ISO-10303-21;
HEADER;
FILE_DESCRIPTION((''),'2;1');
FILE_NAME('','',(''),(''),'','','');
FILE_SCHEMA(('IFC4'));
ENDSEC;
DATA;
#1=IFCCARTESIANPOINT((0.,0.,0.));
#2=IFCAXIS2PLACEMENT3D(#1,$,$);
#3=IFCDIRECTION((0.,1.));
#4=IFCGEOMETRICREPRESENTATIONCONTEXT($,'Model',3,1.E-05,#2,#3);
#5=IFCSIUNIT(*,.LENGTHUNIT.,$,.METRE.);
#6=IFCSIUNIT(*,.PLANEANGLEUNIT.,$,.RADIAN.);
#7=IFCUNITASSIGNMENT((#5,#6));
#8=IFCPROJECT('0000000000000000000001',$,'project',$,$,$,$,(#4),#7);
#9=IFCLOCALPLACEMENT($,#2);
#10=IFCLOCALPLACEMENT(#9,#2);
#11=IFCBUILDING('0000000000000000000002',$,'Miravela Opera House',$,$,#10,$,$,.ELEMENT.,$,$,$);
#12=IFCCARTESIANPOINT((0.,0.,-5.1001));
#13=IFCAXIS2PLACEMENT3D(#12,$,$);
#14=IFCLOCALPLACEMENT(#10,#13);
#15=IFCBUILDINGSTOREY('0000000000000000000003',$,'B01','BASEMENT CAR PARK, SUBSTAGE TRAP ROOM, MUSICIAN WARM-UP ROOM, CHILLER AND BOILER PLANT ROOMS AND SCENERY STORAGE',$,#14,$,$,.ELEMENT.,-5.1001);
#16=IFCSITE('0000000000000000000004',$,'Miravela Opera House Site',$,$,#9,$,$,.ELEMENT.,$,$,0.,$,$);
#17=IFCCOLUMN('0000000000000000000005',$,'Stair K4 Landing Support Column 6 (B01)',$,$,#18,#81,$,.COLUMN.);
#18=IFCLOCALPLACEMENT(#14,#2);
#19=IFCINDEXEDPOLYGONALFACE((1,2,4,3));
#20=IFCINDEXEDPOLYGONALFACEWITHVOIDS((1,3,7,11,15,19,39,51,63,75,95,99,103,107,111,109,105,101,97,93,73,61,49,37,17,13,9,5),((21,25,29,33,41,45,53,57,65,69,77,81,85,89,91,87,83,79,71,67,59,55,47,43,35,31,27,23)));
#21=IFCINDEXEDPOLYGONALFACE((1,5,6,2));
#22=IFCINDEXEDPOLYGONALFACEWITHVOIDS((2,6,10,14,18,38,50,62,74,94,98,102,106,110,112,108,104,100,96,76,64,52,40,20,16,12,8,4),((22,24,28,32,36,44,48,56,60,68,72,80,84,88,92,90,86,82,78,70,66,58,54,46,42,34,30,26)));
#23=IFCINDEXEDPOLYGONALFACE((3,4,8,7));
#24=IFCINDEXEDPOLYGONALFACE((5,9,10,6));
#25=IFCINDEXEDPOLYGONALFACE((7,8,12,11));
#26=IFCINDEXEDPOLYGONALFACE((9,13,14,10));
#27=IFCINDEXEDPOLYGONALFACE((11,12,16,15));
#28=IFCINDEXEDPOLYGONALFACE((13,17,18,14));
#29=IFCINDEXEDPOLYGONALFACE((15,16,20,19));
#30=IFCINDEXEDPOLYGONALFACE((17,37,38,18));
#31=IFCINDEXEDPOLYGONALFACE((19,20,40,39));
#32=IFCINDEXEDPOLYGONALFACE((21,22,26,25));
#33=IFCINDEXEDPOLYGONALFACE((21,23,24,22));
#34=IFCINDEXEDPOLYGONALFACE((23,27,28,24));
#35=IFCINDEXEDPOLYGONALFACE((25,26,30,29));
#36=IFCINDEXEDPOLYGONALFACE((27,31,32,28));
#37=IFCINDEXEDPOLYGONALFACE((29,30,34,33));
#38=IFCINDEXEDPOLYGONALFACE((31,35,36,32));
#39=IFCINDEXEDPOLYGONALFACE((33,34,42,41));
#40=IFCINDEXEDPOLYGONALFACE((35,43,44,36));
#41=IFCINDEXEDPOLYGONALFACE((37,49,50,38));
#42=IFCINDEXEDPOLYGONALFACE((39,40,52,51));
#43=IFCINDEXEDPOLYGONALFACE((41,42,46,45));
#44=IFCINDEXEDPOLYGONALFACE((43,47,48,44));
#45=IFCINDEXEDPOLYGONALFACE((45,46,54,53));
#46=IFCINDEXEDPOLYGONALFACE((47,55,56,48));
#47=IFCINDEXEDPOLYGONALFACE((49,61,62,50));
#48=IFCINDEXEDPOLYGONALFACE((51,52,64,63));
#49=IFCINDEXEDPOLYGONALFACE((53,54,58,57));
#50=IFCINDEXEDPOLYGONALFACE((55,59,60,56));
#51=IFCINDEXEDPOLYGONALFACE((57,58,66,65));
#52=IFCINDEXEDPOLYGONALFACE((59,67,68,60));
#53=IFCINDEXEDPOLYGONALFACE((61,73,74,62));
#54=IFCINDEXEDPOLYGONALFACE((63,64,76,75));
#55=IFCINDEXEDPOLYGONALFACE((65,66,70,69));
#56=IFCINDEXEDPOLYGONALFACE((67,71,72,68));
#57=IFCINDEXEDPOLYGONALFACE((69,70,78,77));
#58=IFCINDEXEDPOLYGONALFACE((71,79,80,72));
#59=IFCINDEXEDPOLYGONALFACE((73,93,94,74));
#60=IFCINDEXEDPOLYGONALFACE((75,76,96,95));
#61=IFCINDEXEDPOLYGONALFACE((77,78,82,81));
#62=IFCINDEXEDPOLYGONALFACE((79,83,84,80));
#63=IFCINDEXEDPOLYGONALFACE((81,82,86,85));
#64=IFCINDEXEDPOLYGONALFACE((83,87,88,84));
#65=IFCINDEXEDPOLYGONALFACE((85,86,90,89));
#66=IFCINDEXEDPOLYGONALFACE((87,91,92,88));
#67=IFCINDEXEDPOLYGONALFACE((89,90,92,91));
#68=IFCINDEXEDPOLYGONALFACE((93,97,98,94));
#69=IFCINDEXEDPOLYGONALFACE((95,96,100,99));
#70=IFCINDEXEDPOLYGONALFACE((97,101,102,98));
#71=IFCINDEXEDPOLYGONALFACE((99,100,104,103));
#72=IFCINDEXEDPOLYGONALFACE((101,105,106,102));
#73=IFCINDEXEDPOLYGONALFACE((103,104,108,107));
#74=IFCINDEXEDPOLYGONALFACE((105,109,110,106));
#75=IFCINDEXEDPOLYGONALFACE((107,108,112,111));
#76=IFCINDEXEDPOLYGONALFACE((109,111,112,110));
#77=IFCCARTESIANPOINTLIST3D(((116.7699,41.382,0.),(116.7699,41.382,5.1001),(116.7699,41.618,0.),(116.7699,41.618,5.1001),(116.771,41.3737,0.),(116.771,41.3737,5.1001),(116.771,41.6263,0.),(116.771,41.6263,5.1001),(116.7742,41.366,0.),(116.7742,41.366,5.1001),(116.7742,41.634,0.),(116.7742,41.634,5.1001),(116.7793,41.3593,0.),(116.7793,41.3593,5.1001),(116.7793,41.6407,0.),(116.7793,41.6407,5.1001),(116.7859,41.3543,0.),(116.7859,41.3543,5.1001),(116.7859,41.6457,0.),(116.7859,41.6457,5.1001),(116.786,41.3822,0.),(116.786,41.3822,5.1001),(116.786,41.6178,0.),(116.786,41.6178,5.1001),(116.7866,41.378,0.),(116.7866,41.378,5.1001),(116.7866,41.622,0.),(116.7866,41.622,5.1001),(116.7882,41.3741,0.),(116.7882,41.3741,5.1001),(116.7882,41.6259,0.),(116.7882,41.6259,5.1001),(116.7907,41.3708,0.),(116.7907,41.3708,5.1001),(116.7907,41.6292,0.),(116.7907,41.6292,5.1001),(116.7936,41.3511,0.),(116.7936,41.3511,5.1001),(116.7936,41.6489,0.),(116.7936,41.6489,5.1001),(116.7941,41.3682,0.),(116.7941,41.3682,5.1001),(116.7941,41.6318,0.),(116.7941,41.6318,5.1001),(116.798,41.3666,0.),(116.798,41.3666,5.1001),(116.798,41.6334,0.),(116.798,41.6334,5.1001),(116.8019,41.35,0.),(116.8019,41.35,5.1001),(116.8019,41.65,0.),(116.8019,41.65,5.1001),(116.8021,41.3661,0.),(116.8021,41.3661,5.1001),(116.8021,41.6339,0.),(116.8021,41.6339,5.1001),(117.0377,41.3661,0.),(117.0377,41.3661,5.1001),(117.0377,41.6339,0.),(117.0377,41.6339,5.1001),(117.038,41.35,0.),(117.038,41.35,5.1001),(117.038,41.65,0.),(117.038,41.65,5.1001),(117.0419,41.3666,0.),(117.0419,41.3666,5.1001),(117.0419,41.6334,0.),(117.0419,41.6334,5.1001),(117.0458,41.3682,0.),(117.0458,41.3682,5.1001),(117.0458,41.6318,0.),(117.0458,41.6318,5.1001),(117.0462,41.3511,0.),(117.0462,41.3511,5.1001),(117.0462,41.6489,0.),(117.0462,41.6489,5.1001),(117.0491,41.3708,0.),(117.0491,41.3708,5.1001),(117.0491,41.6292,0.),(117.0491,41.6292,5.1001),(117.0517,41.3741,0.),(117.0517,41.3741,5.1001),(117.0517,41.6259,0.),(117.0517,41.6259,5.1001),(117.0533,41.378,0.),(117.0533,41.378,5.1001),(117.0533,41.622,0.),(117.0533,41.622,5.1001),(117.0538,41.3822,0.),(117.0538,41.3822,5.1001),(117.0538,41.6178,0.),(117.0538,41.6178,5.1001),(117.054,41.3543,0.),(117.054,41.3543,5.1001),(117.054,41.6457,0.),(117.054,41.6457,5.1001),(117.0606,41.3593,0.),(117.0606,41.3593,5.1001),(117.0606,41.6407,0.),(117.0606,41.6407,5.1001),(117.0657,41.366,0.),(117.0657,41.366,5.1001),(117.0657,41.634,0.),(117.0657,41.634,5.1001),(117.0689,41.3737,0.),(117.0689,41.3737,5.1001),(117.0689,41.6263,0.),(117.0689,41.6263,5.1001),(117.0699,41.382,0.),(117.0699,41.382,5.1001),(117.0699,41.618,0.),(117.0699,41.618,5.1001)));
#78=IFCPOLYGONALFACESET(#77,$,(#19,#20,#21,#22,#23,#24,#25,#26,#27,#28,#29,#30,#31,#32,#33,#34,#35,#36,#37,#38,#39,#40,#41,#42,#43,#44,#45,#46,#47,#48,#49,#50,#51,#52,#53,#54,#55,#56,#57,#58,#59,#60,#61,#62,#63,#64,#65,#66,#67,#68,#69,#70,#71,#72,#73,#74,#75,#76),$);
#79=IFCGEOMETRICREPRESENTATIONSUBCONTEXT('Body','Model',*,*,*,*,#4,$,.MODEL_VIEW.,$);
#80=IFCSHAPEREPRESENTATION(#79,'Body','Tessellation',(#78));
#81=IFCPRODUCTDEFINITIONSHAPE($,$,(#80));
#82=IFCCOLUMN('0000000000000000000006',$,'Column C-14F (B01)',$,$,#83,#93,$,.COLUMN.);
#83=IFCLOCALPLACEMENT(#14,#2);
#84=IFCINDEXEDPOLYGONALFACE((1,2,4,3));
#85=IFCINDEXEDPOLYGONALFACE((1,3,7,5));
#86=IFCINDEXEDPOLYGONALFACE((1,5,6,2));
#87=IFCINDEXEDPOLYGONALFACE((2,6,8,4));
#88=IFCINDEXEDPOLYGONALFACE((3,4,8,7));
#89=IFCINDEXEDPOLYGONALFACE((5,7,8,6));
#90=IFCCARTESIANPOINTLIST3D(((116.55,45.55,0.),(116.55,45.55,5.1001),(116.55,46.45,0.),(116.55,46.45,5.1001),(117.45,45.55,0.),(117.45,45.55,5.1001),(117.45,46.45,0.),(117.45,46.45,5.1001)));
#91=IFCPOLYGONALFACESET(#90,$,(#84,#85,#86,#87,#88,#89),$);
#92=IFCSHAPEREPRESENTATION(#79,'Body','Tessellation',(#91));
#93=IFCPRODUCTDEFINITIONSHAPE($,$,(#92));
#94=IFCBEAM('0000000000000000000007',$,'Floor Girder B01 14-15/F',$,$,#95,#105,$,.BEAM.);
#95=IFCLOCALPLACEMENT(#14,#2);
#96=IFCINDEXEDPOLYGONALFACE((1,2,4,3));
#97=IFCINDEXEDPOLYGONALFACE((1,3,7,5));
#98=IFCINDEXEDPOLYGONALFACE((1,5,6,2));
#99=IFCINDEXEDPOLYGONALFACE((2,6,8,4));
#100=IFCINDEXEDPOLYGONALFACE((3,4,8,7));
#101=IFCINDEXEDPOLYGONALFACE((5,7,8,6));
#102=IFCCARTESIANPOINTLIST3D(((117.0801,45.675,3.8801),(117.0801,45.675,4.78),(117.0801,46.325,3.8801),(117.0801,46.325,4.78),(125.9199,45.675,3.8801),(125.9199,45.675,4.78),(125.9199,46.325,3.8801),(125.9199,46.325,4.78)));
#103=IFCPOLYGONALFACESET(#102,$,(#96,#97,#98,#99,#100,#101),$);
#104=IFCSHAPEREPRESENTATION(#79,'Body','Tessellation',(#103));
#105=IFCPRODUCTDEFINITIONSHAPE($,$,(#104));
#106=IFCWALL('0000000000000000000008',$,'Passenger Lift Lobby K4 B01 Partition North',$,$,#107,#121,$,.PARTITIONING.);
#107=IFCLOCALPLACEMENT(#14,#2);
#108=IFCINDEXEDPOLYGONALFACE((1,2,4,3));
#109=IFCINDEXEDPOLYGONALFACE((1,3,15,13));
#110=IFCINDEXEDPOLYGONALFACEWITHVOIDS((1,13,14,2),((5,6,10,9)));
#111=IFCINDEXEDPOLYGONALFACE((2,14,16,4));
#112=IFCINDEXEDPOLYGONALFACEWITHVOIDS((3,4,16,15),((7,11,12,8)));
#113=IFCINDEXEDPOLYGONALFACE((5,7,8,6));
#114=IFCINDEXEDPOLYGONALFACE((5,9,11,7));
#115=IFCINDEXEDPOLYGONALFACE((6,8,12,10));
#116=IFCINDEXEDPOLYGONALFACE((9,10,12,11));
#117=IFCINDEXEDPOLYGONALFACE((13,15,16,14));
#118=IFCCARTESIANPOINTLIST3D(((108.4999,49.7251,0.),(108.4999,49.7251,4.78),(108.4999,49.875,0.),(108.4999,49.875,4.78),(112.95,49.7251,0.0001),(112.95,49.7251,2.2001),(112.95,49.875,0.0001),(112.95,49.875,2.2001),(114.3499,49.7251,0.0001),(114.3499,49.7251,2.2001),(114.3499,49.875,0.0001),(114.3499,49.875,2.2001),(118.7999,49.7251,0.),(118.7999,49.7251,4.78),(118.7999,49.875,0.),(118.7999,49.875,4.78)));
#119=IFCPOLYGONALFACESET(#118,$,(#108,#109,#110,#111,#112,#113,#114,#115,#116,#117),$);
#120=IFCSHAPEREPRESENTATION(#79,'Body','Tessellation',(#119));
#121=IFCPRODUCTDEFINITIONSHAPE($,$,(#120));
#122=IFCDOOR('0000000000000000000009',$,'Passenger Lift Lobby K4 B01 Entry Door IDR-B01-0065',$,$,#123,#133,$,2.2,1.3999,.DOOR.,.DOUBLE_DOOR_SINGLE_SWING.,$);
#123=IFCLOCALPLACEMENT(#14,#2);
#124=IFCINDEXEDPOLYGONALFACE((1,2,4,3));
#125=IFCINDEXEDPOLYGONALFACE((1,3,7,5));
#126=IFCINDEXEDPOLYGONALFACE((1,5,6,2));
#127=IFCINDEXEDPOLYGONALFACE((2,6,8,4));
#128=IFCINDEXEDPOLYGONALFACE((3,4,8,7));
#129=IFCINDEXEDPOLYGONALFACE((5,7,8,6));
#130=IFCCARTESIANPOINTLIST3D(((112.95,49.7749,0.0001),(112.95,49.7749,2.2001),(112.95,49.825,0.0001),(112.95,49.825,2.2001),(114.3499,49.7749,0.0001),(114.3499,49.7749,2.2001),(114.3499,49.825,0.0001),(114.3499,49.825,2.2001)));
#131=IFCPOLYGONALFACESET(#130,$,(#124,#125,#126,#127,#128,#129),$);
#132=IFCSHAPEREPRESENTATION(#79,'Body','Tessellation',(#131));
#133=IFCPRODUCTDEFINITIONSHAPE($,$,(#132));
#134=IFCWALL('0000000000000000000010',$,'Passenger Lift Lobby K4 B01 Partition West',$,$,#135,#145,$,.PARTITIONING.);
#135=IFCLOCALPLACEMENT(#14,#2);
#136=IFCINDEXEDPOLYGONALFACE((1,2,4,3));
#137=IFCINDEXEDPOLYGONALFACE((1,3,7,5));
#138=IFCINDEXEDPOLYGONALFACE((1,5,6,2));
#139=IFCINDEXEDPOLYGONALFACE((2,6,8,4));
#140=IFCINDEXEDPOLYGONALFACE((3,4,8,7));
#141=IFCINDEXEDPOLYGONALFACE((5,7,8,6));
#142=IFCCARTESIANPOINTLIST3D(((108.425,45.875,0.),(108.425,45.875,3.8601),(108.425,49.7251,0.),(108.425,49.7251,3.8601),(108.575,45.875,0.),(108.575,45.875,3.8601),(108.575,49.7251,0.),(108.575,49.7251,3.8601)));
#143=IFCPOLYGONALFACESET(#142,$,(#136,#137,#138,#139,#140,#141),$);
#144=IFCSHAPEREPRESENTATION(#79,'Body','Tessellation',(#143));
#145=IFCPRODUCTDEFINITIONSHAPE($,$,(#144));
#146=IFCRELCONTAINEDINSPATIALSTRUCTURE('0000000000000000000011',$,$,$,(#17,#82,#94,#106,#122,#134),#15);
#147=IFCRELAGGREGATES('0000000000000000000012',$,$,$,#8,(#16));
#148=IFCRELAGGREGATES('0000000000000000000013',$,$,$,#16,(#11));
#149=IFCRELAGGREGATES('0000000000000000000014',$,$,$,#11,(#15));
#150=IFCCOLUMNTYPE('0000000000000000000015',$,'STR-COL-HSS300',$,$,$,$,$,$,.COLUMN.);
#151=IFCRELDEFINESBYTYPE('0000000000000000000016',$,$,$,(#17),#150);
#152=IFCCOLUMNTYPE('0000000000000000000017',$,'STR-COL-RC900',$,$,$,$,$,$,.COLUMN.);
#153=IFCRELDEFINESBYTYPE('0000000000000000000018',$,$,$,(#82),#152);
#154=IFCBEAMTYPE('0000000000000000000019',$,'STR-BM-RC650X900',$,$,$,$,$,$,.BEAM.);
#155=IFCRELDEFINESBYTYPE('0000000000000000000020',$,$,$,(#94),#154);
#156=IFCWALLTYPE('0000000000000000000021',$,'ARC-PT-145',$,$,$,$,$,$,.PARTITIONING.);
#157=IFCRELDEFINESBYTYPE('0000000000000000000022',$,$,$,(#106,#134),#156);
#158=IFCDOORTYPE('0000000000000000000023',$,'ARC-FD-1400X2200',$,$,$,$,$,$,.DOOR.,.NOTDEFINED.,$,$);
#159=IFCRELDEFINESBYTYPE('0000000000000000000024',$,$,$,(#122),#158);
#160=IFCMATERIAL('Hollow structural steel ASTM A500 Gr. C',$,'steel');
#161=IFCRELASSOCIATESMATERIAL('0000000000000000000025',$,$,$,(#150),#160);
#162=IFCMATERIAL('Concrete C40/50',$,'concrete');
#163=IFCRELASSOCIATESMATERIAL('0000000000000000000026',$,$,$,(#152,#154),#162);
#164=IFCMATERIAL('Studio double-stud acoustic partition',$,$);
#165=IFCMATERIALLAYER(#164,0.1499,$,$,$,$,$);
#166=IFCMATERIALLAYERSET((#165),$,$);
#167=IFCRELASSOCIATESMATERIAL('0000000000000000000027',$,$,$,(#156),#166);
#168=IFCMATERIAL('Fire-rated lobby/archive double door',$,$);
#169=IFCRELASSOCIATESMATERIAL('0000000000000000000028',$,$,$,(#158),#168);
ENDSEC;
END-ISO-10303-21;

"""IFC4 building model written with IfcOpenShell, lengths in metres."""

from ifc_helpers import new_model, si_unit, direction, frame, frame_2d, origin, origin_2d, place, context, subcontext, project, spatial, rectangle, hollow_rectangle, extrude, material, layer, layer_set, material_profile, profile_set, type_object, element, fill, save


model = new_model("IFC4")

# Units and contexts
model_context = context("Model", 3, precision=1e-05, world=origin(), true_north=direction((0.0, 1.0)))
body_context = subcontext(model_context, "Body", "Model", "MODEL_VIEW")
ifc_project = project(units=[si_unit("LENGTHUNIT", "METRE"), si_unit("PLANEANGLEUNIT", "RADIAN")], contexts=[model_context])

# Site, building, storey
site_placement = place(None, origin())
site = spatial("IfcSite", under=ifc_project, at=site_placement, Name="Miravela Opera House Site", CompositionType="ELEMENT", RefElevation=0.0)
building_placement = place(site_placement, origin())
building = spatial("IfcBuilding", under=site, at=building_placement, Name="Miravela Opera House", CompositionType="ELEMENT")
storey_placement = place(building_placement, frame((0.0, 0.0, -5.1001)))
storey = spatial("IfcBuildingStorey", under=building, at=storey_placement, Name="B01", Description="BASEMENT CAR PARK, SUBSTAGE TRAP ROOM, MUSICIAN WARM-UP ROOM, CHILLER AND BOILER PLANT ROOMS AND SCENERY STORAGE", CompositionType="ELEMENT", Elevation=-5.1001)

# Columns
ifc_material_1 = material(Name="Hollow structural steel ASTM A500 Gr. C", Category="steel")
ifc_material_profile_1 = material_profile(ifc_material_1, hollow_rectangle(XDim=0.3, YDim=0.3, WallThickness=0.0161, InnerFilletRadius=0.0161, OuterFilletRadius=0.032, at=origin_2d()), Name="HSS300X300X16")
ifc_profile_set_1 = profile_set([ifc_material_profile_1])
column_type_1 = type_object("IfcColumnType", Name="STR-COL-HSS300", PredefinedType="COLUMN", material=ifc_profile_set_1)
for number, where, z_axis, x_axis, name in (
    (1, (116.9199, 41.5, 0.0), (0.0, 0.0, 1.0), (1.0, 0.0, 0.0), "Stair K4 Landing Support Column 6 (B01)"),
):
    element("IfcColumn", number, at=place(storey_placement, frame(where, z_axis=z_axis, x_axis=x_axis)), inside=storey, type_object=column_type_1, Name=name, PredefinedType="COLUMN", context=body_context, shape_type="SweptSolid", body=[
        extrude(hollow_rectangle(XDim=0.3, YDim=0.3, WallThickness=0.0161, InnerFilletRadius=0.0161, OuterFilletRadius=0.032, at=origin_2d()), origin(), (0.0, 0.0, 1.0), 5.1001),
    ])
ifc_material_2 = material(Name="Concrete C40/50", Category="concrete")
ifc_material_profile_2 = material_profile(ifc_material_2, rectangle(XDim=0.8999, YDim=0.8999, at=origin_2d()), Name="RC-COL-900X900")
ifc_profile_set_2 = profile_set([ifc_material_profile_2])
column_type_2 = type_object("IfcColumnType", Name="STR-COL-RC900", PredefinedType="COLUMN", material=ifc_profile_set_2)
column_placement = place(storey_placement, frame((117.0, 46.0, 0.0), z_axis=(0.0, 0.0, 1.0), x_axis=(1.0, 0.0, 0.0)))
element("IfcColumn", 2, at=column_placement, inside=storey, type_object=column_type_2, Name="Column C-14F (B01)", PredefinedType="COLUMN", context=body_context, shape_type="SweptSolid", body=[
    extrude(rectangle(XDim=0.8999, YDim=0.8999, at=origin_2d()), origin(), (0.0, 0.0, 1.0), 5.1001),
])

# Beam
ifc_material_profile_3 = material_profile(ifc_material_2, rectangle(XDim=0.6499, YDim=0.8999, at=origin_2d()), Name="RC-BM-650X900")
ifc_profile_set_3 = profile_set([ifc_material_profile_3])
beam_type = type_object("IfcBeamType", Name="STR-BM-RC650X900", PredefinedType="BEAM", material=ifc_profile_set_3)
beam_placement = place(storey_placement, frame((117.0801, 46.0, 4.3301), z_axis=(1.0, 0.0, 0.0), x_axis=(0.0, 1.0, 0.0)))
element("IfcBeam", 3, at=beam_placement, inside=storey, type_object=beam_type, Name="Floor Girder B01 14-15/F", PredefinedType="BEAM", context=body_context, shape_type="SweptSolid", body=[
    extrude(rectangle(XDim=0.6499, YDim=0.8999, at=origin_2d()), origin(), (0.0, 0.0, 1.0), 8.8398),
])

# Wall, opening, door
ifc_material_3 = material(Name="Studio double-stud acoustic partition")
ifc_layer_1 = layer(ifc_material_3, 0.1499)
ifc_layer_set_1 = layer_set([ifc_layer_1])
wall_type_1 = type_object("IfcWallType", Name="ARC-PT-145", PredefinedType="PARTITIONING", material=ifc_layer_set_1)
wall_1_placement = place(storey_placement, frame((108.5, 49.8, 0.0), z_axis=(0.0, 0.0, 1.0), x_axis=(1.0, 0.0, 0.0)))
wall_1 = element("IfcWall", 4, at=wall_1_placement, inside=storey, type_object=wall_type_1, Name="Passenger Lift Lobby K4 B01 Partition North", PredefinedType="PARTITIONING", context=body_context, shape_type="SweptSolid", body=[
    extrude(rectangle(XDim=10.3, YDim=0.1499, at=frame_2d((5.1499, 0.0))), origin(), (0.0, 0.0, 1.0), 4.78),
])
opening_1_placement = place(wall_1_placement, frame((4.45, 0.0, 0.0)))
opening_1 = element("IfcOpeningElement", 5, at=opening_1_placement, cuts=wall_1, PredefinedType="OPENING", context=body_context, shape_type="SweptSolid", body=[
    extrude(rectangle(XDim=1.3999, YDim=2.2, at=frame_2d((0.7, 1.1001))), frame((0.0, 0.085, 0.0), z_axis=(0.0, -1.0, 0.0), x_axis=(1.0, 0.0, 0.0)), (0.0, 0.0, 1.0), 0.1699),
])
ifc_material_4 = material(Name="Fire-rated lobby/archive double door")
door_type_1 = type_object("IfcDoorType", Name="ARC-FD-1400X2200", OperationType="NOTDEFINED", PredefinedType="DOOR", material=ifc_material_4)
door_1_placement = place(opening_1_placement, origin())
door_1 = element("IfcDoor", 6, at=door_1_placement, inside=storey, type_object=door_type_1, Name="Passenger Lift Lobby K4 B01 Entry Door IDR-B01-0065", OperationType="DOUBLE_DOOR_SINGLE_SWING", OverallHeight=2.2, OverallWidth=1.3999, PredefinedType="DOOR", context=body_context, shape_type="SweptSolid", body=[
    extrude(rectangle(XDim=1.3999, YDim=2.2, at=frame_2d((0.7, 1.1001))), frame((0.0, 0.0249, 0.0), z_axis=(0.0, -1.0, 0.0), x_axis=(1.0, 0.0, 0.0)), (0.0, 0.0, 1.0), 0.05),
])
fill(opening_1, door_1)

# Wall
wall_2_placement = place(storey_placement, frame((108.5, 45.875, 0.0), z_axis=(0.0, 0.0, 1.0), x_axis=(0.0, 1.0, 0.0)))
element("IfcWall", 7, at=wall_2_placement, inside=storey, type_object=wall_type_1, Name="Passenger Lift Lobby K4 B01 Partition West", PredefinedType="PARTITIONING", context=body_context, shape_type="SweptSolid", body=[
    extrude(rectangle(XDim=3.8501, YDim=0.1499, at=frame_2d((1.925, 0.0))), origin(), (0.0, 0.0, 1.0), 3.8601),
])

save(model, "model.ifc")
